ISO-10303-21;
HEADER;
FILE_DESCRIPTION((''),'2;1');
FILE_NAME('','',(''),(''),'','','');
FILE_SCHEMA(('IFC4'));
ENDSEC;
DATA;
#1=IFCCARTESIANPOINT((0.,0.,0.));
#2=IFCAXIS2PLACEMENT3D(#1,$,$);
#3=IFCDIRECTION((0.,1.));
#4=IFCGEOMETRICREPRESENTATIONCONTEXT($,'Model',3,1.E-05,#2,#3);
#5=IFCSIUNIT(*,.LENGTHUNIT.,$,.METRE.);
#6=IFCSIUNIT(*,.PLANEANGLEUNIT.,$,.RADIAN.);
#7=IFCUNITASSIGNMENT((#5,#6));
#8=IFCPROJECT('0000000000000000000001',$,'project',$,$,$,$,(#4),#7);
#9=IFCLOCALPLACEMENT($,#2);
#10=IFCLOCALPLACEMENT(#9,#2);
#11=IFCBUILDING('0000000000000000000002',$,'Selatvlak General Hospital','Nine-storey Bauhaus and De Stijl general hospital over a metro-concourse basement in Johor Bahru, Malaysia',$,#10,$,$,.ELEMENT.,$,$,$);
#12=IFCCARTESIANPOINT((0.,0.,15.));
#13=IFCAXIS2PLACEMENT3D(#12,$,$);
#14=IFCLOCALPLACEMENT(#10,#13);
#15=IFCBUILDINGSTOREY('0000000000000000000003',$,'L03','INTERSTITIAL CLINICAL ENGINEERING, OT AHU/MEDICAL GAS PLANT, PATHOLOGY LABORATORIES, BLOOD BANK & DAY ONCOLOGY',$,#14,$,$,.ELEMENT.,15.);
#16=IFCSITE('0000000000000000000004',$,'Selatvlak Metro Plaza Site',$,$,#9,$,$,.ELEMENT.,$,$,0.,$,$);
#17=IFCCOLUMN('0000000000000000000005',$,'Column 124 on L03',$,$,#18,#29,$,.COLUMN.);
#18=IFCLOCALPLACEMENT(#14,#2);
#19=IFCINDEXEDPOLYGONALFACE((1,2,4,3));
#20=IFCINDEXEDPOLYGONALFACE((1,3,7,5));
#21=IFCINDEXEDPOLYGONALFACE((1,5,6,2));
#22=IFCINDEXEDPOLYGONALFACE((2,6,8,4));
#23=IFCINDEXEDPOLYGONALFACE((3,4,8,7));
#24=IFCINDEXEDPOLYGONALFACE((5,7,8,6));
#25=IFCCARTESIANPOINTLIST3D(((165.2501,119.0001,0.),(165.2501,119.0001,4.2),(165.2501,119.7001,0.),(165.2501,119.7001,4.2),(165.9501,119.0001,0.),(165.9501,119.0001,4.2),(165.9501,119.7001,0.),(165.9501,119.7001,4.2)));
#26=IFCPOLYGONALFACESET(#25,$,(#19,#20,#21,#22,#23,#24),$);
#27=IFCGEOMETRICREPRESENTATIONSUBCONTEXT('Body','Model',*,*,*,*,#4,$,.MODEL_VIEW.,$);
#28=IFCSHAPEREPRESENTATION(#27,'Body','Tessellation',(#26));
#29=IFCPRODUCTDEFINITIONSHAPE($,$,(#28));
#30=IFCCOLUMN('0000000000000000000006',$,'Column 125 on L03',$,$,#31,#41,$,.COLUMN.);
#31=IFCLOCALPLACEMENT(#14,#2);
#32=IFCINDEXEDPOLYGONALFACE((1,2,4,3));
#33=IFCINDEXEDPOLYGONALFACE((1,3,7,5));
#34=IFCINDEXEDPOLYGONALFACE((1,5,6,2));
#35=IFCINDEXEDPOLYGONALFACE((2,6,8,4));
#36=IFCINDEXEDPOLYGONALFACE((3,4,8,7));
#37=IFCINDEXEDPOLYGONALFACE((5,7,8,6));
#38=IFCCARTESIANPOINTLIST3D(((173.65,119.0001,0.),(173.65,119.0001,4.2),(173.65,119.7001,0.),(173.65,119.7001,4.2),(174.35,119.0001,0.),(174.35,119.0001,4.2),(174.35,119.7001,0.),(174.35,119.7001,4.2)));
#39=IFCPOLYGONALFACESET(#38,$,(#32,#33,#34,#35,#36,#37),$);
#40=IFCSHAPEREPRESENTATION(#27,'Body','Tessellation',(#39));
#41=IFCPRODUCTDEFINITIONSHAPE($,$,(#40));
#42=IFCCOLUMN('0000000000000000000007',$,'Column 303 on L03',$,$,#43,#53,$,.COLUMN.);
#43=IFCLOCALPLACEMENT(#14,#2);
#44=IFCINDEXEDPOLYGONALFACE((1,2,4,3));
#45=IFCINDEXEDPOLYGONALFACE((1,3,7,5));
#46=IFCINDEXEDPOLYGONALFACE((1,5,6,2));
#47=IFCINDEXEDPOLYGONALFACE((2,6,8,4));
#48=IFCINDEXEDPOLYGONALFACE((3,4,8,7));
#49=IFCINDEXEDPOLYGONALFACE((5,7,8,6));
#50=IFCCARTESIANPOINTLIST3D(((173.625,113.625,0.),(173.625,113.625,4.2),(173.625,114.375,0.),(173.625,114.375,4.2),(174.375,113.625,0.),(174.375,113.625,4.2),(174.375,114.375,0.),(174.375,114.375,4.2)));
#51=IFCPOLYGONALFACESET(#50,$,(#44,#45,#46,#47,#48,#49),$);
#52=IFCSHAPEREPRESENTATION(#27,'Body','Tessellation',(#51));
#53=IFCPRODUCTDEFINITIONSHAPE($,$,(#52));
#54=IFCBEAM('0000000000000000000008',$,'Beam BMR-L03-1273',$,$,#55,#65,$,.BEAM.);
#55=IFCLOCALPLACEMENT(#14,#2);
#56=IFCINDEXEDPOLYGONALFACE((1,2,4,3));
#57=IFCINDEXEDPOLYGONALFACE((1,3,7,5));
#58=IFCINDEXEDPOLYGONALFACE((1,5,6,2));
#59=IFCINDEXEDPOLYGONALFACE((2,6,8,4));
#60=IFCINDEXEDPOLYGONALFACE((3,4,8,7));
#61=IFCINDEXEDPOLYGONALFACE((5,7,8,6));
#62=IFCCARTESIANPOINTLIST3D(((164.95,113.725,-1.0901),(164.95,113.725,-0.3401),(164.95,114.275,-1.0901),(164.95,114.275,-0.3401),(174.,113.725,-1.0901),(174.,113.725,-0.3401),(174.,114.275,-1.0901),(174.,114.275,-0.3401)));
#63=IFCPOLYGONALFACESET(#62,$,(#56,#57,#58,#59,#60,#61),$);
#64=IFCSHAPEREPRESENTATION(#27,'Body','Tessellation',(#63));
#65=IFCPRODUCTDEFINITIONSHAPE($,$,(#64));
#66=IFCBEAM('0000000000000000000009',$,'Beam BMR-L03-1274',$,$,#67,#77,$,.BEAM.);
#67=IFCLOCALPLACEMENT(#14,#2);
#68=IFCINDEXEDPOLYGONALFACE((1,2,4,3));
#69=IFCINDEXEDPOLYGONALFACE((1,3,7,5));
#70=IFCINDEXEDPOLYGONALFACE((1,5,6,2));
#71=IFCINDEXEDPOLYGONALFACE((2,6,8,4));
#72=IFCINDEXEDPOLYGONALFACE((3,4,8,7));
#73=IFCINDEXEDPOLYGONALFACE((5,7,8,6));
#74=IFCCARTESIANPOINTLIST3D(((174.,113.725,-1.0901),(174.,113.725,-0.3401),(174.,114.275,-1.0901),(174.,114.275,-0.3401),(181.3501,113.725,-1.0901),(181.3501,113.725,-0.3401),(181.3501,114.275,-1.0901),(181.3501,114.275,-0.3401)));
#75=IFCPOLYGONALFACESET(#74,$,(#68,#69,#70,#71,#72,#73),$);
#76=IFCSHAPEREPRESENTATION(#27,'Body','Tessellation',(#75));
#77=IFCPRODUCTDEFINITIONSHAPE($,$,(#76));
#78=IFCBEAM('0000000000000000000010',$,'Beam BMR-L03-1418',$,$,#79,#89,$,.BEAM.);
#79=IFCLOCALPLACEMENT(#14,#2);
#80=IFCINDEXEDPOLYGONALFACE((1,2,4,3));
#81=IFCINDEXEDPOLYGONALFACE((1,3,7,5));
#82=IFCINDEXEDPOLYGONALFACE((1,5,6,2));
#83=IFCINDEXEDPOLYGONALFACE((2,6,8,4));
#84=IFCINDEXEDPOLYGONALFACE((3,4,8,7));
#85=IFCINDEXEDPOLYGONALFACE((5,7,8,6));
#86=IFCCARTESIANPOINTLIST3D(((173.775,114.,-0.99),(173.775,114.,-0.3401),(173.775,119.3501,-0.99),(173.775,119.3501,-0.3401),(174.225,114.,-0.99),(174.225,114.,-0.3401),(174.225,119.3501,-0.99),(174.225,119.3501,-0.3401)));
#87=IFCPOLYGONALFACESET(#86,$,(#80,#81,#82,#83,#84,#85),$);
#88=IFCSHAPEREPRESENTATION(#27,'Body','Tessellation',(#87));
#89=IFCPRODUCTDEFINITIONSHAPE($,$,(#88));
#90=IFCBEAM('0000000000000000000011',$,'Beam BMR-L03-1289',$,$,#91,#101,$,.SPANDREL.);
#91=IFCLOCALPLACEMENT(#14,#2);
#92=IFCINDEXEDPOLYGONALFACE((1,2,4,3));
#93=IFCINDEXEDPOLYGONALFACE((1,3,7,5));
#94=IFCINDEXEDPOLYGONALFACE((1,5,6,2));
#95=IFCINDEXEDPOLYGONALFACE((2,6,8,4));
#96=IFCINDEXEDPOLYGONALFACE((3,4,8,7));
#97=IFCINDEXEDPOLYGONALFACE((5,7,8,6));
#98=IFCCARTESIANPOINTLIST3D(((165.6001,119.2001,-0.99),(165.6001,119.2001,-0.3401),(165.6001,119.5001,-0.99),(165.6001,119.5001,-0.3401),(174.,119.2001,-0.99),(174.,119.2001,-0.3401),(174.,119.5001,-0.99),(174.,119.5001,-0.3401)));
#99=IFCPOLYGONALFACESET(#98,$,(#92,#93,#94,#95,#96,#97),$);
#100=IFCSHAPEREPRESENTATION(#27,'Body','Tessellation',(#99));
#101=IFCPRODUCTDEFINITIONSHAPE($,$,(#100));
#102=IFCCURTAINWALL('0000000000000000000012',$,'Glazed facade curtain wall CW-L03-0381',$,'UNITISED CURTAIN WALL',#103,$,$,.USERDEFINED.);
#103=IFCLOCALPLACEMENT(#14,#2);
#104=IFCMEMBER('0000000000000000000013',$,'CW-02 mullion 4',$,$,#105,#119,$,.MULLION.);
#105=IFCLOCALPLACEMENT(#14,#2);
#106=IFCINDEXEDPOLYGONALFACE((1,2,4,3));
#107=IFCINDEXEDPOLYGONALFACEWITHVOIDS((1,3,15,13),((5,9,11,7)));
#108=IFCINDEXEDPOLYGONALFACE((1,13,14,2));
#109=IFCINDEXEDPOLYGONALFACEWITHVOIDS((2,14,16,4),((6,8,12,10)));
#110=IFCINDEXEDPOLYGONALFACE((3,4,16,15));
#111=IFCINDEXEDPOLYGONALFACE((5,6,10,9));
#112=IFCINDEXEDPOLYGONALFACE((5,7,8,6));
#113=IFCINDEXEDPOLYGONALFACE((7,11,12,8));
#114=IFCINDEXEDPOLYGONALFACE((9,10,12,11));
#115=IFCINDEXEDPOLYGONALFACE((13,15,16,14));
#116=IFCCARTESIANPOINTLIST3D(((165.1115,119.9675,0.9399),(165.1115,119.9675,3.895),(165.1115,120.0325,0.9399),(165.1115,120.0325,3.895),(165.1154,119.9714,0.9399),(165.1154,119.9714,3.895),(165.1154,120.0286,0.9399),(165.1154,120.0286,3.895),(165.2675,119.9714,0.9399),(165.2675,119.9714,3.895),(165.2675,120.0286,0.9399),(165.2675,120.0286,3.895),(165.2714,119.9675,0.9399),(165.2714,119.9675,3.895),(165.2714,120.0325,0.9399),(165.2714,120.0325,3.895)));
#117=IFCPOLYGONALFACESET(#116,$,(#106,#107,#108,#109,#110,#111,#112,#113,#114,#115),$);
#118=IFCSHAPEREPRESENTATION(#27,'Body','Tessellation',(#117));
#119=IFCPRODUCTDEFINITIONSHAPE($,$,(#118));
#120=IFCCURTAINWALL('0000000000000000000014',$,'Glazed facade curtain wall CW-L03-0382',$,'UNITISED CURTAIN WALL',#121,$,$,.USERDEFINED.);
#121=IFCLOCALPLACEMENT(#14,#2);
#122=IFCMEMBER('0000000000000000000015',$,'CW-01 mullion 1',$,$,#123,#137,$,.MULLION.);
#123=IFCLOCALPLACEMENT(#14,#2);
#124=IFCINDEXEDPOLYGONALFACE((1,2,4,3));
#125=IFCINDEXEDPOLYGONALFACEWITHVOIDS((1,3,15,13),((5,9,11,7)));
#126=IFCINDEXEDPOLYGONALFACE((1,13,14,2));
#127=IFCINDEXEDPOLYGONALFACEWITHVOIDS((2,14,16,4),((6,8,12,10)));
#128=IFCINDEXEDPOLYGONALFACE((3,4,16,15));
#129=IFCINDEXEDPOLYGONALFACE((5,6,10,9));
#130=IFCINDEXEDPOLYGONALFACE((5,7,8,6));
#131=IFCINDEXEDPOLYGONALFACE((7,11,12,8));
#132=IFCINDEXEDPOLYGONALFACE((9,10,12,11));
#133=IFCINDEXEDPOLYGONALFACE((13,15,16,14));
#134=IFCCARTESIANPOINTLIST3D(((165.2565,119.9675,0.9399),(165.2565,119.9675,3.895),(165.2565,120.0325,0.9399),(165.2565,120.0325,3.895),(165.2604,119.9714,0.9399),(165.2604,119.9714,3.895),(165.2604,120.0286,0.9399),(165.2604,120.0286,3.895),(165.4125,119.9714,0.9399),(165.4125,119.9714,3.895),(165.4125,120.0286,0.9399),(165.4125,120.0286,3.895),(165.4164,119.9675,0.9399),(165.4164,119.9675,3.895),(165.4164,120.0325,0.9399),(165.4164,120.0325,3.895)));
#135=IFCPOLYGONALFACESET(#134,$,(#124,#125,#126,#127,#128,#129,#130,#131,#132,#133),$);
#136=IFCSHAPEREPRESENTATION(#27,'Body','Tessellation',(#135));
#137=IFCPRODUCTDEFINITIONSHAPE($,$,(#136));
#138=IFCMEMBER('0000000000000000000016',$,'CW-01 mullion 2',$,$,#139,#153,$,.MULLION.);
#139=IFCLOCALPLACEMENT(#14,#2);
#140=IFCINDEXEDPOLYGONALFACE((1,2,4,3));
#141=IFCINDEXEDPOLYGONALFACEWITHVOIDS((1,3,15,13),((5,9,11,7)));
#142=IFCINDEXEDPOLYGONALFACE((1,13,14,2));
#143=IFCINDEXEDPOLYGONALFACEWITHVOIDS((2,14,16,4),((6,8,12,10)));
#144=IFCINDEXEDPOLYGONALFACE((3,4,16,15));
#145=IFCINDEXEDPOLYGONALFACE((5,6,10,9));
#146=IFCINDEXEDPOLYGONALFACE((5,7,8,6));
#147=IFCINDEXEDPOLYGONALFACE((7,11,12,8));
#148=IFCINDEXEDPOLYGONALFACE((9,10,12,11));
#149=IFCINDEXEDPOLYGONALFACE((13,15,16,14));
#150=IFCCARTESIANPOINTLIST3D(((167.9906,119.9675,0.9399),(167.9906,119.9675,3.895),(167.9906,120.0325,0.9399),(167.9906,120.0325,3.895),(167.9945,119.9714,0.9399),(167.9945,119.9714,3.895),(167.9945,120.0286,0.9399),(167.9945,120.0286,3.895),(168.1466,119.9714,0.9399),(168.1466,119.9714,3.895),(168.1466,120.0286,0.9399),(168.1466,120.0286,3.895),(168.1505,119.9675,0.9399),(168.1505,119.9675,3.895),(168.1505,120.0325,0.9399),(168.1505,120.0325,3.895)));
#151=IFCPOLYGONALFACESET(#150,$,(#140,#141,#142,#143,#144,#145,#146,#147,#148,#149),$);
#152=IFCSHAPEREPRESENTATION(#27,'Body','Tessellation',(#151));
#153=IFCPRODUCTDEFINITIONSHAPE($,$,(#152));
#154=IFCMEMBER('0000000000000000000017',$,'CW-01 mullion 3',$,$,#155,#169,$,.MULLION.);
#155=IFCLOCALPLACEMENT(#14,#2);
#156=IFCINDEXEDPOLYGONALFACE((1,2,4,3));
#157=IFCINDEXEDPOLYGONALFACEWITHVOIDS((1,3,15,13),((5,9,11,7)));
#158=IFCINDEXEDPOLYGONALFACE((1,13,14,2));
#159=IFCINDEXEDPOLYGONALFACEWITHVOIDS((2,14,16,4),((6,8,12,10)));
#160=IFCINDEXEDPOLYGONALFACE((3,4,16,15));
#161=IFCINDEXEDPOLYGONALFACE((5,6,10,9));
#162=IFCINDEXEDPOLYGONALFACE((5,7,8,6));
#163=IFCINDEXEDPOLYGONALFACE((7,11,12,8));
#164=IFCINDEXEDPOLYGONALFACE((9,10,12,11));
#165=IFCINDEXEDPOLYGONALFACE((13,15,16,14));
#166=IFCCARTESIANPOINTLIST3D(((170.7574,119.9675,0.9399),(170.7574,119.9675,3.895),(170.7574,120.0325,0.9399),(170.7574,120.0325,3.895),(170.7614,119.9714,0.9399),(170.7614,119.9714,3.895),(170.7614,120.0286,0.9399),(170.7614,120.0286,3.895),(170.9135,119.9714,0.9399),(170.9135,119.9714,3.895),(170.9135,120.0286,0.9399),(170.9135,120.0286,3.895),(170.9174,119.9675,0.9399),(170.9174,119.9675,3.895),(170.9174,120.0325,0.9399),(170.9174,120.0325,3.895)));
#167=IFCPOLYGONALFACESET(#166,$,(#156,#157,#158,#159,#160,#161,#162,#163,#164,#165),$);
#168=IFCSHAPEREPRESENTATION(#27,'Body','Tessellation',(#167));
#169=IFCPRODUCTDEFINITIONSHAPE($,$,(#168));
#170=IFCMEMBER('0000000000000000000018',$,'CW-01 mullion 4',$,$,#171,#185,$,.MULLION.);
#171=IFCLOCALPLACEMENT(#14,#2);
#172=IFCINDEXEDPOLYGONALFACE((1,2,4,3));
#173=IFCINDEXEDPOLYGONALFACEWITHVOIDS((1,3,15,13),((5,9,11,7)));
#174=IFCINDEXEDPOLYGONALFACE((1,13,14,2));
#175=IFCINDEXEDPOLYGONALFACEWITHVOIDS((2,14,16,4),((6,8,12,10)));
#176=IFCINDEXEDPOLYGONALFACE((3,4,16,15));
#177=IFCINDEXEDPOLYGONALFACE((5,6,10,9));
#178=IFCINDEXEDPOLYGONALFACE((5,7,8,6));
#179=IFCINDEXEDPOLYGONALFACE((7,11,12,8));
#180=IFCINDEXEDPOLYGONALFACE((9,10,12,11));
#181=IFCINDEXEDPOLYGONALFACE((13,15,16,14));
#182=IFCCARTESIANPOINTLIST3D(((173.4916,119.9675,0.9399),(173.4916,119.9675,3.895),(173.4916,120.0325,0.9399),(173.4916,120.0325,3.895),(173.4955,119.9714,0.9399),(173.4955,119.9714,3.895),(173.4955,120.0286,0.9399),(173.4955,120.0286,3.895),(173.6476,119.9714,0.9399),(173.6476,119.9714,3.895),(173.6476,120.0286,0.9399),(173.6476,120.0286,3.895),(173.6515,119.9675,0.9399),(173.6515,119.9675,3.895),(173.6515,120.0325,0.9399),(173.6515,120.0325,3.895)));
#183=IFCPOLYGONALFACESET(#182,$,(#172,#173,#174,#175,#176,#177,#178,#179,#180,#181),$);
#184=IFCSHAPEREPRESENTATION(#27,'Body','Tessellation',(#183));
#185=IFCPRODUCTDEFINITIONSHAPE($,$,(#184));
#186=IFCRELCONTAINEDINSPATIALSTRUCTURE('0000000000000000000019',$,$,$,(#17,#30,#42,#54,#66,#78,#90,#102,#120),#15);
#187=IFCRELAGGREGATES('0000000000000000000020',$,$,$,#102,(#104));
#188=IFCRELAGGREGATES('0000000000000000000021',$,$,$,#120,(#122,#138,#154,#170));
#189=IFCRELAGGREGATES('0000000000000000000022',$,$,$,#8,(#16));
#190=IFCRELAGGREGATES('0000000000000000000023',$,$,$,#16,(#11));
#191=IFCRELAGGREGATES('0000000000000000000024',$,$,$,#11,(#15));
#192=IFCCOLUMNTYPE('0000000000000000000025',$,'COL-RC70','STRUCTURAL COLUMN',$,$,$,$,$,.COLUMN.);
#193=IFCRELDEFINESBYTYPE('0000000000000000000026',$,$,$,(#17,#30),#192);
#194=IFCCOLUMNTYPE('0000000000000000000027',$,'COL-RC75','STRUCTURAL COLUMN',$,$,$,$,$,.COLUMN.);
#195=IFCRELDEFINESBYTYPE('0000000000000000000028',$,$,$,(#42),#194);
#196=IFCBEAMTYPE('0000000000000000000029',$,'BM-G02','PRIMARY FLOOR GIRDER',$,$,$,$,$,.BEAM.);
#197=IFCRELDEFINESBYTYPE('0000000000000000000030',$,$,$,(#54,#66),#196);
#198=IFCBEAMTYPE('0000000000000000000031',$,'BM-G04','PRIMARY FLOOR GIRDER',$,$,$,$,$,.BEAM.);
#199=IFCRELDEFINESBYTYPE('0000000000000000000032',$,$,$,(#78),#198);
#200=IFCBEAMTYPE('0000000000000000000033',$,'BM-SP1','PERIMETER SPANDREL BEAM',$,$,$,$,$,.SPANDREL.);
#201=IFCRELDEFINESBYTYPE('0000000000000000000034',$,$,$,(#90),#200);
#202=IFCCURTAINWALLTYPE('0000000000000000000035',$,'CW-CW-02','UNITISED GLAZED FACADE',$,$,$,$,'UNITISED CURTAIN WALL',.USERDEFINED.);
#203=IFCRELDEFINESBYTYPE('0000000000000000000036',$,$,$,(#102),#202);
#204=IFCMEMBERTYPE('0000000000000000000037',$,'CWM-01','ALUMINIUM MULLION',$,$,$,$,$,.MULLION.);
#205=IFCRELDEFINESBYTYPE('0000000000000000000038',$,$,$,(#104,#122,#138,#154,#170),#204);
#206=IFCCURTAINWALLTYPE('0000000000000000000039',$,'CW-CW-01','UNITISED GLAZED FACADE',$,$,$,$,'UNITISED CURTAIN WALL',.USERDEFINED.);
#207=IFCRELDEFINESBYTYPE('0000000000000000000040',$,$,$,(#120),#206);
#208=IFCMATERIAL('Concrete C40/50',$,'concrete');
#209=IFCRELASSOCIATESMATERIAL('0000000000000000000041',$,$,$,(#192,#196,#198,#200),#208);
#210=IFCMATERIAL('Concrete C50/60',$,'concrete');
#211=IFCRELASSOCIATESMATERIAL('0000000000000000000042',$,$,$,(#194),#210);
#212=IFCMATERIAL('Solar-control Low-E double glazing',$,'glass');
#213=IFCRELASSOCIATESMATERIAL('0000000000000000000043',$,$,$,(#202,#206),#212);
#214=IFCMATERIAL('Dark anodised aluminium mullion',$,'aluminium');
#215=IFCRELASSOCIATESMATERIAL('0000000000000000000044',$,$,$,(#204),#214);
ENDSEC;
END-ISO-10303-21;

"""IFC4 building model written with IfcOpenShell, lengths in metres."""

from ifc_helpers import new_model, si_unit, direction, frame, origin, origin_2d, place, context, subcontext, project, spatial, rectangle, hollow_rectangle, extrude, material, material_profile, profile_set, type_object, element, aggregate, save


model = new_model("IFC4")

# Units and contexts
model_context = context("Model", 3, precision=1e-05, world=origin(), true_north=direction((0.0, 1.0)))
body_context = subcontext(model_context, "Body", "Model", "MODEL_VIEW")
ifc_project = project(units=[si_unit("LENGTHUNIT", "METRE"), si_unit("PLANEANGLEUNIT", "RADIAN")], contexts=[model_context])

# Site, building, storey
site_placement = place(None, origin())
site = spatial("IfcSite", under=ifc_project, at=site_placement, Name="Selatvlak Metro Plaza Site", CompositionType="ELEMENT", RefElevation=0.0)
building_placement = place(site_placement, origin())
building = spatial("IfcBuilding", under=site, at=building_placement, Name="Selatvlak General Hospital", Description="Nine-storey Bauhaus and De Stijl general hospital over a metro-concourse basement in Johor Bahru, Malaysia", CompositionType="ELEMENT")
storey_placement = place(building_placement, frame((0.0, 0.0, 15.0)))
storey = spatial("IfcBuildingStorey", under=building, at=storey_placement, Name="L03", Description="INTERSTITIAL CLINICAL ENGINEERING, OT AHU/MEDICAL GAS PLANT, PATHOLOGY LABORATORIES, BLOOD BANK & DAY ONCOLOGY", CompositionType="ELEMENT", Elevation=15.0)

# Columns
ifc_material_1 = material(Name="Concrete C40/50", Category="concrete")
ifc_material_profile_1 = material_profile(ifc_material_1, rectangle(XDim=0.7, YDim=0.7, at=origin_2d()), Name="RC-COL 700x700")
ifc_profile_set_1 = profile_set([ifc_material_profile_1], Name="Concrete C40/50")
column_type_1 = type_object("IfcColumnType", Name="COL-RC70", Description="STRUCTURAL COLUMN", PredefinedType="COLUMN", material=ifc_profile_set_1)
for number, where, z_axis, x_axis, name in (
    (1, (165.6001, 119.3501, 0.0), (0.0, 0.0, 1.0), (1.0, 0.0, 0.0), "Column 124 on L03"),
    (2, (174.0, 119.3501, 0.0), (0.0, 0.0, 1.0), (1.0, 0.0, 0.0), "Column 125 on L03"),
):
    element("IfcColumn", number, at=place(storey_placement, frame(where, z_axis=z_axis, x_axis=x_axis)), inside=storey, type_object=column_type_1, Name=name, PredefinedType="COLUMN", context=body_context, shape_type="SweptSolid", body=[
        extrude(rectangle(XDim=0.7, YDim=0.7, at=origin_2d()), origin(), (0.0, 0.0, 1.0), 4.2),
    ])
ifc_material_2 = material(Name="Concrete C50/60", Category="concrete")
ifc_material_profile_2 = material_profile(ifc_material_2, rectangle(XDim=0.75, YDim=0.75, at=origin_2d()), Name="RC-COL 750x750")
ifc_profile_set_2 = profile_set([ifc_material_profile_2], Name="Concrete C50/60")
column_type_2 = type_object("IfcColumnType", Name="COL-RC75", Description="STRUCTURAL COLUMN", PredefinedType="COLUMN", material=ifc_profile_set_2)
column_placement = place(storey_placement, frame((174.0, 114.0, 0.0), z_axis=(0.0, 0.0, 1.0), x_axis=(1.0, 0.0, 0.0)))
element("IfcColumn", 3, at=column_placement, inside=storey, type_object=column_type_2, Name="Column 303 on L03", PredefinedType="COLUMN", context=body_context, shape_type="SweptSolid", body=[
    extrude(rectangle(XDim=0.75, YDim=0.75, at=origin_2d()), origin(), (0.0, 0.0, 1.0), 4.2),
])

# Beams
ifc_material_profile_3 = material_profile(ifc_material_1, rectangle(XDim=0.55, YDim=0.75, at=origin_2d()), Name="RC-BM 550x750")
ifc_profile_set_3 = profile_set([ifc_material_profile_3], Name="Concrete C40/50")
beam_type_1 = type_object("IfcBeamType", Name="BM-G02", Description="PRIMARY FLOOR GIRDER", PredefinedType="BEAM", material=ifc_profile_set_3)
beam_1_placement = place(storey_placement, frame((164.95, 114.0, -0.7151), z_axis=(1.0, 0.0, 0.0), x_axis=(0.0, 1.0, 0.0)))
element("IfcBeam", 4, at=beam_1_placement, inside=storey, type_object=beam_type_1, Name="Beam BMR-L03-1273", PredefinedType="BEAM", context=body_context, shape_type="SweptSolid", body=[
    extrude(rectangle(XDim=0.55, YDim=0.75, at=origin_2d()), origin(), (0.0, 0.0, 1.0), 9.05),
])
beam_2_placement = place(storey_placement, frame((174.0, 114.0, -0.7151), z_axis=(1.0, 0.0, 0.0), x_axis=(0.0, 1.0, 0.0)))
element("IfcBeam", 5, at=beam_2_placement, inside=storey, type_object=beam_type_1, Name="Beam BMR-L03-1274", PredefinedType="BEAM", context=body_context, shape_type="SweptSolid", body=[
    extrude(rectangle(XDim=0.55, YDim=0.75, at=origin_2d()), origin(), (0.0, 0.0, 1.0), 7.3501),
])
ifc_material_profile_4 = material_profile(ifc_material_1, rectangle(XDim=0.45, YDim=0.6499, at=origin_2d()), Name="RC-BM 450x650")
ifc_profile_set_4 = profile_set([ifc_material_profile_4], Name="Concrete C40/50")
beam_type_2 = type_object("IfcBeamType", Name="BM-G04", Description="PRIMARY FLOOR GIRDER", PredefinedType="BEAM", material=ifc_profile_set_4)
beam_3_placement = place(storey_placement, frame((174.0, 114.0, -0.665), z_axis=(0.0, 1.0, 0.0), x_axis=(-1.0, 0.0, 0.0)))
element("IfcBeam", 6, at=beam_3_placement, inside=storey, type_object=beam_type_2, Name="Beam BMR-L03-1418", PredefinedType="BEAM", context=body_context, shape_type="SweptSolid", body=[
    extrude(rectangle(XDim=0.45, YDim=0.6499, at=origin_2d()), origin(), (0.0, 0.0, 1.0), 5.3501),
])
ifc_material_profile_5 = material_profile(ifc_material_1, rectangle(XDim=0.3, YDim=0.6499, at=origin_2d()), Name="RC-SP 300x650")
ifc_profile_set_5 = profile_set([ifc_material_profile_5], Name="Concrete C40/50")
beam_type_3 = type_object("IfcBeamType", Name="BM-SP1", Description="PERIMETER SPANDREL BEAM", PredefinedType="SPANDREL", material=ifc_profile_set_5)
beam_4_placement = place(storey_placement, frame((165.6001, 119.3501, -0.665), z_axis=(1.0, 0.0, 0.0), x_axis=(0.0, 1.0, 0.0)))
element("IfcBeam", 7, at=beam_4_placement, inside=storey, type_object=beam_type_3, Name="Beam BMR-L03-1289", PredefinedType="SPANDREL", context=body_context, shape_type="SweptSolid", body=[
    extrude(rectangle(XDim=0.3, YDim=0.6499, at=origin_2d()), origin(), (0.0, 0.0, 1.0), 8.3999),
])

# Curtain wall, member
ifc_material_3 = material(Name="Solar-control Low-E double glazing", Category="glass")
curtain_wall_type_1 = type_object("IfcCurtainWallType", Name="CW-CW-02", Description="UNITISED GLAZED FACADE", ElementType="UNITISED CURTAIN WALL", PredefinedType="USERDEFINED", material=ifc_material_3)
curtain_wall_1_placement = place(storey_placement, origin())
curtain_wall_1 = element("IfcCurtainWall", 8, at=curtain_wall_1_placement, inside=storey, type_object=curtain_wall_type_1, Name="Glazed facade curtain wall CW-L03-0381", ObjectType="UNITISED CURTAIN WALL", PredefinedType="USERDEFINED")
ifc_material_4 = material(Name="Dark anodised aluminium mullion", Category="aluminium")
ifc_material_profile_6 = material_profile(ifc_material_4, hollow_rectangle(XDim=0.0649, YDim=0.1599, WallThickness=0.0039, at=origin_2d()), Name="AL-MUL 65x160x4")
ifc_profile_set_6 = profile_set([ifc_material_profile_6], Name="Dark anodised aluminium mullion")
member_type_1 = type_object("IfcMemberType", Name="CWM-01", Description="ALUMINIUM MULLION", PredefinedType="MULLION", material=ifc_profile_set_6)
member_1_placement = place(storey_placement, frame((165.1914, 120.0, 0.9399), z_axis=(0.0, 0.0, 1.0), x_axis=(0.0, 1.0, 0.0)))
member_1 = element("IfcMember", 9, at=member_1_placement, type_object=member_type_1, Name="CW-02 mullion 4", PredefinedType="MULLION", context=body_context, shape_type="SweptSolid", body=[
    extrude(hollow_rectangle(XDim=0.0649, YDim=0.1599, WallThickness=0.0039, at=origin_2d()), origin(), (0.0, 0.0, 1.0), 2.9551),
])
aggregate(curtain_wall_1, [member_1])

# Curtain wall, members
curtain_wall_type_2 = type_object("IfcCurtainWallType", Name="CW-CW-01", Description="UNITISED GLAZED FACADE", ElementType="UNITISED CURTAIN WALL", PredefinedType="USERDEFINED", material=ifc_material_3)
curtain_wall_2_placement = place(storey_placement, origin())
curtain_wall_2 = element("IfcCurtainWall", 10, at=curtain_wall_2_placement, inside=storey, type_object=curtain_wall_type_2, Name="Glazed facade curtain wall CW-L03-0382", ObjectType="UNITISED CURTAIN WALL", PredefinedType="USERDEFINED")
member_2_placement = place(storey_placement, frame((165.3364, 120.0, 0.9399), z_axis=(0.0, 0.0, 1.0), x_axis=(0.0, 1.0, 0.0)))
member_2 = element("IfcMember", 11, at=member_2_placement, type_object=member_type_1, Name="CW-01 mullion 1", PredefinedType="MULLION", context=body_context, shape_type="SweptSolid", body=[
    extrude(hollow_rectangle(XDim=0.0649, YDim=0.1599, WallThickness=0.0039, at=origin_2d()), origin(), (0.0, 0.0, 1.0), 2.9551),
])
member_3_placement = place(storey_placement, frame((168.0706, 120.0, 0.9399), z_axis=(0.0, 0.0, 1.0), x_axis=(0.0, 1.0, 0.0)))
member_3 = element("IfcMember", 12, at=member_3_placement, type_object=member_type_1, Name="CW-01 mullion 2", PredefinedType="MULLION", context=body_context, shape_type="SweptSolid", body=[
    extrude(hollow_rectangle(XDim=0.0649, YDim=0.1599, WallThickness=0.0039, at=origin_2d()), origin(), (0.0, 0.0, 1.0), 2.9551),
])
member_4_placement = place(storey_placement, frame((170.8374, 120.0, 0.9399), z_axis=(0.0, 0.0, 1.0), x_axis=(0.0, 1.0, 0.0)))
member_4 = element("IfcMember", 13, at=member_4_placement, type_object=member_type_1, Name="CW-01 mullion 3", PredefinedType="MULLION", context=body_context, shape_type="SweptSolid", body=[
    extrude(hollow_rectangle(XDim=0.0649, YDim=0.1599, WallThickness=0.0039, at=origin_2d()), origin(), (0.0, 0.0, 1.0), 2.9551),
])
member_5_placement = place(storey_placement, frame((173.5715, 120.0, 0.9399), z_axis=(0.0, 0.0, 1.0), x_axis=(0.0, 1.0, 0.0)))
member_5 = element("IfcMember", 14, at=member_5_placement, type_object=member_type_1, Name="CW-01 mullion 4", PredefinedType="MULLION", context=body_context, shape_type="SweptSolid", body=[
    extrude(hollow_rectangle(XDim=0.0649, YDim=0.1599, WallThickness=0.0039, at=origin_2d()), origin(), (0.0, 0.0, 1.0), 2.9551),
])

aggregate(curtain_wall_2, [member_2, member_3, member_4, member_5])

save(model, "model.ifc")
